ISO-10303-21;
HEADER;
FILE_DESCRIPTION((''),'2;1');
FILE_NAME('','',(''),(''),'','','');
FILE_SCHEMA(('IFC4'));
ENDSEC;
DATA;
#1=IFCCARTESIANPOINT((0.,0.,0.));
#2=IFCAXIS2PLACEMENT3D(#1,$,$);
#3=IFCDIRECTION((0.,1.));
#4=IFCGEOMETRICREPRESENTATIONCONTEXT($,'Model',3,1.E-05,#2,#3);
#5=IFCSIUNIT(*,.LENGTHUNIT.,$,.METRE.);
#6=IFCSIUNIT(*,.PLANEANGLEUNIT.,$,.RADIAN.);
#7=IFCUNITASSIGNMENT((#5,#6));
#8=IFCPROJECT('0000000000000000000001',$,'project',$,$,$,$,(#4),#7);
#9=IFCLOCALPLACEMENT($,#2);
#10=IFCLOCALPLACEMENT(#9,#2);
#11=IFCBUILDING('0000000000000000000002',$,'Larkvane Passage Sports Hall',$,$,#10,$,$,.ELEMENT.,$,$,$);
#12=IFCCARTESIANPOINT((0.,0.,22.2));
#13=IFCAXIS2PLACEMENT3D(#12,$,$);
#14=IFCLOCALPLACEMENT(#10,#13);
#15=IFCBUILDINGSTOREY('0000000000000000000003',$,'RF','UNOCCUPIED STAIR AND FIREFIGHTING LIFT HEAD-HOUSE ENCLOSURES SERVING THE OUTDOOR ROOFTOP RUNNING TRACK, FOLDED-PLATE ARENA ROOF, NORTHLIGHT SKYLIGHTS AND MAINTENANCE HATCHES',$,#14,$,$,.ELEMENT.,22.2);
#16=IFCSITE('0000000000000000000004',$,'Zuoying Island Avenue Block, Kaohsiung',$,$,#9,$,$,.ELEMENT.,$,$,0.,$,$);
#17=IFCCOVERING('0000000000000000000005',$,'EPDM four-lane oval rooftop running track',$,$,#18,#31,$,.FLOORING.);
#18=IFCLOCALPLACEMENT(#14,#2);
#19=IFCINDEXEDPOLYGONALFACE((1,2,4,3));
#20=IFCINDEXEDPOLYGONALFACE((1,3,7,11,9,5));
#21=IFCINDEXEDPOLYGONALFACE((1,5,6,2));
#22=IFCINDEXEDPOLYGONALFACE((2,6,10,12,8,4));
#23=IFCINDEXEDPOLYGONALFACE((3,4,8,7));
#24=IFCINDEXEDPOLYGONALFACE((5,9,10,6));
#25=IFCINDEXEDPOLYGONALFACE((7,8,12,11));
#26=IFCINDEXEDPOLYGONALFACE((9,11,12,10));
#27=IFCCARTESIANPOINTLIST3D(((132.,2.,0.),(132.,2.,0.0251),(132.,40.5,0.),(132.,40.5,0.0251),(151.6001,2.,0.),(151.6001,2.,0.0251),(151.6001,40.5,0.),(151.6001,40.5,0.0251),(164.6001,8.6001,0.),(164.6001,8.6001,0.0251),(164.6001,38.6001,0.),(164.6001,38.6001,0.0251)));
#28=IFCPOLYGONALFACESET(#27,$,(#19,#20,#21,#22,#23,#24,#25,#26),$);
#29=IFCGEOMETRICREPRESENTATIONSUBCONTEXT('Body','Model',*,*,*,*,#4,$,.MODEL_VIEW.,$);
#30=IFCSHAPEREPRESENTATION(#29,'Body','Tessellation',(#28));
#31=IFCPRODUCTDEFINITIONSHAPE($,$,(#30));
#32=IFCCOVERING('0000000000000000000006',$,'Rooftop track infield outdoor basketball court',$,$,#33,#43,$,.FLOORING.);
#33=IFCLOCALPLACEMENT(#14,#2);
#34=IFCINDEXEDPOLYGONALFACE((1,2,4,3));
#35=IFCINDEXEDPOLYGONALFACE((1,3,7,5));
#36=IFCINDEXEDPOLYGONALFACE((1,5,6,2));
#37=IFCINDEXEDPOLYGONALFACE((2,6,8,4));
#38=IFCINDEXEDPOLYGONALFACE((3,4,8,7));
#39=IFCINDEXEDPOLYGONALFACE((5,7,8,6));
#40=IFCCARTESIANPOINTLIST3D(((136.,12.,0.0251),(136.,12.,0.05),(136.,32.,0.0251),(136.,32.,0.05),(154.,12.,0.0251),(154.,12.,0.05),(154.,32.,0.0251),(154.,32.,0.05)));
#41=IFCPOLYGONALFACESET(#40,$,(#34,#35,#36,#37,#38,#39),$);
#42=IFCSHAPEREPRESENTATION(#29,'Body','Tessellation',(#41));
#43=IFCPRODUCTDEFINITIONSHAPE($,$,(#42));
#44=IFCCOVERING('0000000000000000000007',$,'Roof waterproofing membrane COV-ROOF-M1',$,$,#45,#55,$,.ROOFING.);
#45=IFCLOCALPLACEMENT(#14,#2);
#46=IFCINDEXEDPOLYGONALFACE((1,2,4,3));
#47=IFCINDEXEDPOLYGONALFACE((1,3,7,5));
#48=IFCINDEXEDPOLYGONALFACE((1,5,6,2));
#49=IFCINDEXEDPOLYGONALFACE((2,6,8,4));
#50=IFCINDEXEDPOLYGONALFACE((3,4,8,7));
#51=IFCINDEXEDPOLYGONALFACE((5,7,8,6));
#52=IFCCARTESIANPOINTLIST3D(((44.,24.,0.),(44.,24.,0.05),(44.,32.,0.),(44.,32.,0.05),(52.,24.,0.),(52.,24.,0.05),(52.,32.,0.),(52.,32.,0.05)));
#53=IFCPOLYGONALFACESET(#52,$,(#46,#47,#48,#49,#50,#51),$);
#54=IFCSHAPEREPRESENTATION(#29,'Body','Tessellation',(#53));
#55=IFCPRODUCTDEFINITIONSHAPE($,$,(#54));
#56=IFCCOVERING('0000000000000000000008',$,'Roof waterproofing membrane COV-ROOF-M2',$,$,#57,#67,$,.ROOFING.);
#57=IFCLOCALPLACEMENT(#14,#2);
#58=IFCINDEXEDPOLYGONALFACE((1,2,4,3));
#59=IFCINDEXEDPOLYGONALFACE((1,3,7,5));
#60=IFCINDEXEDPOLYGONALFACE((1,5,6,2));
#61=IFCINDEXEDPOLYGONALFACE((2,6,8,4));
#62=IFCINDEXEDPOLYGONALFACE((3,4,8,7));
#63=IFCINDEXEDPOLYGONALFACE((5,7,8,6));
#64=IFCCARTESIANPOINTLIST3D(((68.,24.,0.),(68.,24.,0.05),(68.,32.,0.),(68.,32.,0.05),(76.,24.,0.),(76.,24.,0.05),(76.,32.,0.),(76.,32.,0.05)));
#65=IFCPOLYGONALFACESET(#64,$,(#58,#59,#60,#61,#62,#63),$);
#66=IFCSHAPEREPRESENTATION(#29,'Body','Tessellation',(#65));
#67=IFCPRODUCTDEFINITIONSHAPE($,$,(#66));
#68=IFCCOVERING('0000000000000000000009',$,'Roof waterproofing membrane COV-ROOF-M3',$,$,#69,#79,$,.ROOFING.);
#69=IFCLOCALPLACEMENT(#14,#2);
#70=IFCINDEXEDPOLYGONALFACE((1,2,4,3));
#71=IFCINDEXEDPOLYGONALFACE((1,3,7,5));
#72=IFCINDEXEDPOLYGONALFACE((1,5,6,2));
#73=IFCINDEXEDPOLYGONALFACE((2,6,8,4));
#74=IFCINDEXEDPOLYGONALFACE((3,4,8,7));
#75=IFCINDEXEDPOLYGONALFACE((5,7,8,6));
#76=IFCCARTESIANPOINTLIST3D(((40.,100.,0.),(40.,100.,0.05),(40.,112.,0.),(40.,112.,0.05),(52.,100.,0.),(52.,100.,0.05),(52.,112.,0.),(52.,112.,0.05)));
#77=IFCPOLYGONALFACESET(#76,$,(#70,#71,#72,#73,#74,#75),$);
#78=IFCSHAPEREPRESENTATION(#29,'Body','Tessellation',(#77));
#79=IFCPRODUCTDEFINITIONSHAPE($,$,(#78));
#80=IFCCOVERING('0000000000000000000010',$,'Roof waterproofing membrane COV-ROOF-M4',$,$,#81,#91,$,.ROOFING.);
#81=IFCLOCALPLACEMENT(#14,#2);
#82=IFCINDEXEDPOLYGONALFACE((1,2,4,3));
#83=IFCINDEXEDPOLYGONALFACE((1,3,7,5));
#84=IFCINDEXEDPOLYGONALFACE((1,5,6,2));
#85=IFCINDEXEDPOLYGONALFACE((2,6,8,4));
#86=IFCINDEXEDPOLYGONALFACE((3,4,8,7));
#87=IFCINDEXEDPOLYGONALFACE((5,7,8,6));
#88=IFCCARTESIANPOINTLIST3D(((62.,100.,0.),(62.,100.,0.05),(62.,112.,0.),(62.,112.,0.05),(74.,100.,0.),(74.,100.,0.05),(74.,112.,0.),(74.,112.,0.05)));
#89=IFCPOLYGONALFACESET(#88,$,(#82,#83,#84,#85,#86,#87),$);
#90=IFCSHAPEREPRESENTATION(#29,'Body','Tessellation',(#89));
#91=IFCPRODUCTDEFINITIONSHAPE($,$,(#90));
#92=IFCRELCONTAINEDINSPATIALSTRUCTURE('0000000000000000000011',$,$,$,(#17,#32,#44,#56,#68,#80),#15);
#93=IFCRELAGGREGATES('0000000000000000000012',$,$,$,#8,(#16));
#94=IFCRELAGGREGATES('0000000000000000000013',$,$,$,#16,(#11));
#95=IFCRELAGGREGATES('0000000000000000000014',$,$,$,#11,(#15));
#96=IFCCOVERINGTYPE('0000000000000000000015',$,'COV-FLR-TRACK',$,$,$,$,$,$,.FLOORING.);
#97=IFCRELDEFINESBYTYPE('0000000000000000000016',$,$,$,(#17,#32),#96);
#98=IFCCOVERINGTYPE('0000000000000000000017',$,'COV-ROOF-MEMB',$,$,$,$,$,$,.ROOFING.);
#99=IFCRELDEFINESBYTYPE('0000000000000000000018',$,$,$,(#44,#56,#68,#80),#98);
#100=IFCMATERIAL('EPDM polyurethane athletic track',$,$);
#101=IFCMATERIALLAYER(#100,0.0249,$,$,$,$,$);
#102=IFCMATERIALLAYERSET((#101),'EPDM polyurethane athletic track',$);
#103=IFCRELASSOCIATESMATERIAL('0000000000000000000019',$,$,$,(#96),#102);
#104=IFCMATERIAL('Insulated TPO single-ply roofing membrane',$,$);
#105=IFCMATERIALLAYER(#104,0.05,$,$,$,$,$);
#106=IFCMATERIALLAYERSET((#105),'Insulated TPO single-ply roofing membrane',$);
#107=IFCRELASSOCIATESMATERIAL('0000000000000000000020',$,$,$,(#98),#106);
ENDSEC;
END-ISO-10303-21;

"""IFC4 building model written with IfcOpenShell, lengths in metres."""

from ifc_helpers import new_model, si_unit, direction, frame, origin, place, context, subcontext, project, spatial, polyline, outline, extrude, material, layer, layer_set, type_object, element, save


model = new_model("IFC4")

# Units and contexts
model_context = context("Model", 3, precision=1e-05, world=origin(), true_north=direction((0.0, 1.0)))
body_context = subcontext(model_context, "Body", "Model", "MODEL_VIEW")
ifc_project = project(units=[si_unit("LENGTHUNIT", "METRE"), si_unit("PLANEANGLEUNIT", "RADIAN")], contexts=[model_context])

# Site, building, storey
site_placement = place(None, origin())
site = spatial("IfcSite", under=ifc_project, at=site_placement, Name="Zuoying Island Avenue Block, Kaohsiung", CompositionType="ELEMENT", RefElevation=0.0)
building_placement = place(site_placement, origin())
building = spatial("IfcBuilding", under=site, at=building_placement, Name="Larkvane Passage Sports Hall", CompositionType="ELEMENT")
storey_placement = place(building_placement, frame((0.0, 0.0, 22.2)))
storey = spatial("IfcBuildingStorey", under=building, at=storey_placement, Name="RF", Description="UNOCCUPIED STAIR AND FIREFIGHTING LIFT HEAD-HOUSE ENCLOSURES SERVING THE OUTDOOR ROOFTOP RUNNING TRACK, FOLDED-PLATE ARENA ROOF, NORTHLIGHT SKYLIGHTS AND MAINTENANCE HATCHES", CompositionType="ELEMENT", Elevation=22.2)

# Coverings
ifc_material_1 = material(Name="EPDM polyurethane athletic track")
ifc_layer_1 = layer(ifc_material_1, 0.0249)
ifc_layer_set_1 = layer_set([ifc_layer_1], Name="EPDM polyurethane athletic track")
covering_type_1 = type_object("IfcCoveringType", Name="COV-FLR-TRACK", PredefinedType="FLOORING", material=ifc_layer_set_1)
covering_1_placement = place(storey_placement, origin())
element("IfcCovering", 1, at=covering_1_placement, inside=storey, type_object=covering_type_1, Name="EPDM four-lane oval rooftop running track", PredefinedType="FLOORING", context=body_context, shape_type="SweptSolid", body=[
    extrude(outline(polyline([(132.0, 2.0), (151.6001, 2.0), (164.6001, 8.6001), (164.6001, 38.6001), (151.6001, 40.5), (132.0, 40.5), (132.0, 2.0)])), origin(), (0.0, 0.0, 1.0), 0.0251),
])
covering_2_placement = place(storey_placement, frame((0.0, 0.0, 0.0251)))
element("IfcCovering", 2, at=covering_2_placement, inside=storey, type_object=covering_type_1, Name="Rooftop track infield outdoor basketball court", PredefinedType="FLOORING", context=body_context, shape_type="SweptSolid", body=[
    extrude(outline(polyline([(136.0, 12.0), (154.0, 12.0), (154.0, 32.0), (136.0, 32.0), (136.0, 12.0)])), origin(), (0.0, 0.0, 1.0), 0.0249),
])
ifc_material_2 = material(Name="Insulated TPO single-ply roofing membrane")
ifc_layer_2 = layer(ifc_material_2, 0.05)
ifc_layer_set_2 = layer_set([ifc_layer_2], Name="Insulated TPO single-ply roofing membrane")
covering_type_2 = type_object("IfcCoveringType", Name="COV-ROOF-MEMB", PredefinedType="ROOFING", material=ifc_layer_set_2)
covering_3_placement = place(storey_placement, origin())
element("IfcCovering", 3, at=covering_3_placement, inside=storey, type_object=covering_type_2, Name="Roof waterproofing membrane COV-ROOF-M1", PredefinedType="ROOFING", context=body_context, shape_type="SweptSolid", body=[
    extrude(outline(polyline([(44.0, 24.0), (52.0, 24.0), (52.0, 32.0), (44.0, 32.0), (44.0, 24.0)])), origin(), (0.0, 0.0, 1.0), 0.05),
])
covering_4_placement = place(storey_placement, origin())
element("IfcCovering", 4, at=covering_4_placement, inside=storey, type_object=covering_type_2, Name="Roof waterproofing membrane COV-ROOF-M2", PredefinedType="ROOFING", context=body_context, shape_type="SweptSolid", body=[
    extrude(outline(polyline([(68.0, 24.0), (76.0, 24.0), (76.0, 32.0), (68.0, 32.0), (68.0, 24.0)])), origin(), (0.0, 0.0, 1.0), 0.05),
])
covering_5_placement = place(storey_placement, origin())
element("IfcCovering", 5, at=covering_5_placement, inside=storey, type_object=covering_type_2, Name="Roof waterproofing membrane COV-ROOF-M3", PredefinedType="ROOFING", context=body_context, shape_type="SweptSolid", body=[
    extrude(outline(polyline([(40.0, 100.0), (52.0, 100.0), (52.0, 112.0), (40.0, 112.0), (40.0, 100.0)])), origin(), (0.0, 0.0, 1.0), 0.05),
])
covering_6_placement = place(storey_placement, origin())
element("IfcCovering", 6, at=covering_6_placement, inside=storey, type_object=covering_type_2, Name="Roof waterproofing membrane COV-ROOF-M4", PredefinedType="ROOFING", context=body_context, shape_type="SweptSolid", body=[
    extrude(outline(polyline([(62.0, 100.0), (74.0, 100.0), (74.0, 112.0), (62.0, 112.0), (62.0, 100.0)])), origin(), (0.0, 0.0, 1.0), 0.05),
])

save(model, "model.ifc")
